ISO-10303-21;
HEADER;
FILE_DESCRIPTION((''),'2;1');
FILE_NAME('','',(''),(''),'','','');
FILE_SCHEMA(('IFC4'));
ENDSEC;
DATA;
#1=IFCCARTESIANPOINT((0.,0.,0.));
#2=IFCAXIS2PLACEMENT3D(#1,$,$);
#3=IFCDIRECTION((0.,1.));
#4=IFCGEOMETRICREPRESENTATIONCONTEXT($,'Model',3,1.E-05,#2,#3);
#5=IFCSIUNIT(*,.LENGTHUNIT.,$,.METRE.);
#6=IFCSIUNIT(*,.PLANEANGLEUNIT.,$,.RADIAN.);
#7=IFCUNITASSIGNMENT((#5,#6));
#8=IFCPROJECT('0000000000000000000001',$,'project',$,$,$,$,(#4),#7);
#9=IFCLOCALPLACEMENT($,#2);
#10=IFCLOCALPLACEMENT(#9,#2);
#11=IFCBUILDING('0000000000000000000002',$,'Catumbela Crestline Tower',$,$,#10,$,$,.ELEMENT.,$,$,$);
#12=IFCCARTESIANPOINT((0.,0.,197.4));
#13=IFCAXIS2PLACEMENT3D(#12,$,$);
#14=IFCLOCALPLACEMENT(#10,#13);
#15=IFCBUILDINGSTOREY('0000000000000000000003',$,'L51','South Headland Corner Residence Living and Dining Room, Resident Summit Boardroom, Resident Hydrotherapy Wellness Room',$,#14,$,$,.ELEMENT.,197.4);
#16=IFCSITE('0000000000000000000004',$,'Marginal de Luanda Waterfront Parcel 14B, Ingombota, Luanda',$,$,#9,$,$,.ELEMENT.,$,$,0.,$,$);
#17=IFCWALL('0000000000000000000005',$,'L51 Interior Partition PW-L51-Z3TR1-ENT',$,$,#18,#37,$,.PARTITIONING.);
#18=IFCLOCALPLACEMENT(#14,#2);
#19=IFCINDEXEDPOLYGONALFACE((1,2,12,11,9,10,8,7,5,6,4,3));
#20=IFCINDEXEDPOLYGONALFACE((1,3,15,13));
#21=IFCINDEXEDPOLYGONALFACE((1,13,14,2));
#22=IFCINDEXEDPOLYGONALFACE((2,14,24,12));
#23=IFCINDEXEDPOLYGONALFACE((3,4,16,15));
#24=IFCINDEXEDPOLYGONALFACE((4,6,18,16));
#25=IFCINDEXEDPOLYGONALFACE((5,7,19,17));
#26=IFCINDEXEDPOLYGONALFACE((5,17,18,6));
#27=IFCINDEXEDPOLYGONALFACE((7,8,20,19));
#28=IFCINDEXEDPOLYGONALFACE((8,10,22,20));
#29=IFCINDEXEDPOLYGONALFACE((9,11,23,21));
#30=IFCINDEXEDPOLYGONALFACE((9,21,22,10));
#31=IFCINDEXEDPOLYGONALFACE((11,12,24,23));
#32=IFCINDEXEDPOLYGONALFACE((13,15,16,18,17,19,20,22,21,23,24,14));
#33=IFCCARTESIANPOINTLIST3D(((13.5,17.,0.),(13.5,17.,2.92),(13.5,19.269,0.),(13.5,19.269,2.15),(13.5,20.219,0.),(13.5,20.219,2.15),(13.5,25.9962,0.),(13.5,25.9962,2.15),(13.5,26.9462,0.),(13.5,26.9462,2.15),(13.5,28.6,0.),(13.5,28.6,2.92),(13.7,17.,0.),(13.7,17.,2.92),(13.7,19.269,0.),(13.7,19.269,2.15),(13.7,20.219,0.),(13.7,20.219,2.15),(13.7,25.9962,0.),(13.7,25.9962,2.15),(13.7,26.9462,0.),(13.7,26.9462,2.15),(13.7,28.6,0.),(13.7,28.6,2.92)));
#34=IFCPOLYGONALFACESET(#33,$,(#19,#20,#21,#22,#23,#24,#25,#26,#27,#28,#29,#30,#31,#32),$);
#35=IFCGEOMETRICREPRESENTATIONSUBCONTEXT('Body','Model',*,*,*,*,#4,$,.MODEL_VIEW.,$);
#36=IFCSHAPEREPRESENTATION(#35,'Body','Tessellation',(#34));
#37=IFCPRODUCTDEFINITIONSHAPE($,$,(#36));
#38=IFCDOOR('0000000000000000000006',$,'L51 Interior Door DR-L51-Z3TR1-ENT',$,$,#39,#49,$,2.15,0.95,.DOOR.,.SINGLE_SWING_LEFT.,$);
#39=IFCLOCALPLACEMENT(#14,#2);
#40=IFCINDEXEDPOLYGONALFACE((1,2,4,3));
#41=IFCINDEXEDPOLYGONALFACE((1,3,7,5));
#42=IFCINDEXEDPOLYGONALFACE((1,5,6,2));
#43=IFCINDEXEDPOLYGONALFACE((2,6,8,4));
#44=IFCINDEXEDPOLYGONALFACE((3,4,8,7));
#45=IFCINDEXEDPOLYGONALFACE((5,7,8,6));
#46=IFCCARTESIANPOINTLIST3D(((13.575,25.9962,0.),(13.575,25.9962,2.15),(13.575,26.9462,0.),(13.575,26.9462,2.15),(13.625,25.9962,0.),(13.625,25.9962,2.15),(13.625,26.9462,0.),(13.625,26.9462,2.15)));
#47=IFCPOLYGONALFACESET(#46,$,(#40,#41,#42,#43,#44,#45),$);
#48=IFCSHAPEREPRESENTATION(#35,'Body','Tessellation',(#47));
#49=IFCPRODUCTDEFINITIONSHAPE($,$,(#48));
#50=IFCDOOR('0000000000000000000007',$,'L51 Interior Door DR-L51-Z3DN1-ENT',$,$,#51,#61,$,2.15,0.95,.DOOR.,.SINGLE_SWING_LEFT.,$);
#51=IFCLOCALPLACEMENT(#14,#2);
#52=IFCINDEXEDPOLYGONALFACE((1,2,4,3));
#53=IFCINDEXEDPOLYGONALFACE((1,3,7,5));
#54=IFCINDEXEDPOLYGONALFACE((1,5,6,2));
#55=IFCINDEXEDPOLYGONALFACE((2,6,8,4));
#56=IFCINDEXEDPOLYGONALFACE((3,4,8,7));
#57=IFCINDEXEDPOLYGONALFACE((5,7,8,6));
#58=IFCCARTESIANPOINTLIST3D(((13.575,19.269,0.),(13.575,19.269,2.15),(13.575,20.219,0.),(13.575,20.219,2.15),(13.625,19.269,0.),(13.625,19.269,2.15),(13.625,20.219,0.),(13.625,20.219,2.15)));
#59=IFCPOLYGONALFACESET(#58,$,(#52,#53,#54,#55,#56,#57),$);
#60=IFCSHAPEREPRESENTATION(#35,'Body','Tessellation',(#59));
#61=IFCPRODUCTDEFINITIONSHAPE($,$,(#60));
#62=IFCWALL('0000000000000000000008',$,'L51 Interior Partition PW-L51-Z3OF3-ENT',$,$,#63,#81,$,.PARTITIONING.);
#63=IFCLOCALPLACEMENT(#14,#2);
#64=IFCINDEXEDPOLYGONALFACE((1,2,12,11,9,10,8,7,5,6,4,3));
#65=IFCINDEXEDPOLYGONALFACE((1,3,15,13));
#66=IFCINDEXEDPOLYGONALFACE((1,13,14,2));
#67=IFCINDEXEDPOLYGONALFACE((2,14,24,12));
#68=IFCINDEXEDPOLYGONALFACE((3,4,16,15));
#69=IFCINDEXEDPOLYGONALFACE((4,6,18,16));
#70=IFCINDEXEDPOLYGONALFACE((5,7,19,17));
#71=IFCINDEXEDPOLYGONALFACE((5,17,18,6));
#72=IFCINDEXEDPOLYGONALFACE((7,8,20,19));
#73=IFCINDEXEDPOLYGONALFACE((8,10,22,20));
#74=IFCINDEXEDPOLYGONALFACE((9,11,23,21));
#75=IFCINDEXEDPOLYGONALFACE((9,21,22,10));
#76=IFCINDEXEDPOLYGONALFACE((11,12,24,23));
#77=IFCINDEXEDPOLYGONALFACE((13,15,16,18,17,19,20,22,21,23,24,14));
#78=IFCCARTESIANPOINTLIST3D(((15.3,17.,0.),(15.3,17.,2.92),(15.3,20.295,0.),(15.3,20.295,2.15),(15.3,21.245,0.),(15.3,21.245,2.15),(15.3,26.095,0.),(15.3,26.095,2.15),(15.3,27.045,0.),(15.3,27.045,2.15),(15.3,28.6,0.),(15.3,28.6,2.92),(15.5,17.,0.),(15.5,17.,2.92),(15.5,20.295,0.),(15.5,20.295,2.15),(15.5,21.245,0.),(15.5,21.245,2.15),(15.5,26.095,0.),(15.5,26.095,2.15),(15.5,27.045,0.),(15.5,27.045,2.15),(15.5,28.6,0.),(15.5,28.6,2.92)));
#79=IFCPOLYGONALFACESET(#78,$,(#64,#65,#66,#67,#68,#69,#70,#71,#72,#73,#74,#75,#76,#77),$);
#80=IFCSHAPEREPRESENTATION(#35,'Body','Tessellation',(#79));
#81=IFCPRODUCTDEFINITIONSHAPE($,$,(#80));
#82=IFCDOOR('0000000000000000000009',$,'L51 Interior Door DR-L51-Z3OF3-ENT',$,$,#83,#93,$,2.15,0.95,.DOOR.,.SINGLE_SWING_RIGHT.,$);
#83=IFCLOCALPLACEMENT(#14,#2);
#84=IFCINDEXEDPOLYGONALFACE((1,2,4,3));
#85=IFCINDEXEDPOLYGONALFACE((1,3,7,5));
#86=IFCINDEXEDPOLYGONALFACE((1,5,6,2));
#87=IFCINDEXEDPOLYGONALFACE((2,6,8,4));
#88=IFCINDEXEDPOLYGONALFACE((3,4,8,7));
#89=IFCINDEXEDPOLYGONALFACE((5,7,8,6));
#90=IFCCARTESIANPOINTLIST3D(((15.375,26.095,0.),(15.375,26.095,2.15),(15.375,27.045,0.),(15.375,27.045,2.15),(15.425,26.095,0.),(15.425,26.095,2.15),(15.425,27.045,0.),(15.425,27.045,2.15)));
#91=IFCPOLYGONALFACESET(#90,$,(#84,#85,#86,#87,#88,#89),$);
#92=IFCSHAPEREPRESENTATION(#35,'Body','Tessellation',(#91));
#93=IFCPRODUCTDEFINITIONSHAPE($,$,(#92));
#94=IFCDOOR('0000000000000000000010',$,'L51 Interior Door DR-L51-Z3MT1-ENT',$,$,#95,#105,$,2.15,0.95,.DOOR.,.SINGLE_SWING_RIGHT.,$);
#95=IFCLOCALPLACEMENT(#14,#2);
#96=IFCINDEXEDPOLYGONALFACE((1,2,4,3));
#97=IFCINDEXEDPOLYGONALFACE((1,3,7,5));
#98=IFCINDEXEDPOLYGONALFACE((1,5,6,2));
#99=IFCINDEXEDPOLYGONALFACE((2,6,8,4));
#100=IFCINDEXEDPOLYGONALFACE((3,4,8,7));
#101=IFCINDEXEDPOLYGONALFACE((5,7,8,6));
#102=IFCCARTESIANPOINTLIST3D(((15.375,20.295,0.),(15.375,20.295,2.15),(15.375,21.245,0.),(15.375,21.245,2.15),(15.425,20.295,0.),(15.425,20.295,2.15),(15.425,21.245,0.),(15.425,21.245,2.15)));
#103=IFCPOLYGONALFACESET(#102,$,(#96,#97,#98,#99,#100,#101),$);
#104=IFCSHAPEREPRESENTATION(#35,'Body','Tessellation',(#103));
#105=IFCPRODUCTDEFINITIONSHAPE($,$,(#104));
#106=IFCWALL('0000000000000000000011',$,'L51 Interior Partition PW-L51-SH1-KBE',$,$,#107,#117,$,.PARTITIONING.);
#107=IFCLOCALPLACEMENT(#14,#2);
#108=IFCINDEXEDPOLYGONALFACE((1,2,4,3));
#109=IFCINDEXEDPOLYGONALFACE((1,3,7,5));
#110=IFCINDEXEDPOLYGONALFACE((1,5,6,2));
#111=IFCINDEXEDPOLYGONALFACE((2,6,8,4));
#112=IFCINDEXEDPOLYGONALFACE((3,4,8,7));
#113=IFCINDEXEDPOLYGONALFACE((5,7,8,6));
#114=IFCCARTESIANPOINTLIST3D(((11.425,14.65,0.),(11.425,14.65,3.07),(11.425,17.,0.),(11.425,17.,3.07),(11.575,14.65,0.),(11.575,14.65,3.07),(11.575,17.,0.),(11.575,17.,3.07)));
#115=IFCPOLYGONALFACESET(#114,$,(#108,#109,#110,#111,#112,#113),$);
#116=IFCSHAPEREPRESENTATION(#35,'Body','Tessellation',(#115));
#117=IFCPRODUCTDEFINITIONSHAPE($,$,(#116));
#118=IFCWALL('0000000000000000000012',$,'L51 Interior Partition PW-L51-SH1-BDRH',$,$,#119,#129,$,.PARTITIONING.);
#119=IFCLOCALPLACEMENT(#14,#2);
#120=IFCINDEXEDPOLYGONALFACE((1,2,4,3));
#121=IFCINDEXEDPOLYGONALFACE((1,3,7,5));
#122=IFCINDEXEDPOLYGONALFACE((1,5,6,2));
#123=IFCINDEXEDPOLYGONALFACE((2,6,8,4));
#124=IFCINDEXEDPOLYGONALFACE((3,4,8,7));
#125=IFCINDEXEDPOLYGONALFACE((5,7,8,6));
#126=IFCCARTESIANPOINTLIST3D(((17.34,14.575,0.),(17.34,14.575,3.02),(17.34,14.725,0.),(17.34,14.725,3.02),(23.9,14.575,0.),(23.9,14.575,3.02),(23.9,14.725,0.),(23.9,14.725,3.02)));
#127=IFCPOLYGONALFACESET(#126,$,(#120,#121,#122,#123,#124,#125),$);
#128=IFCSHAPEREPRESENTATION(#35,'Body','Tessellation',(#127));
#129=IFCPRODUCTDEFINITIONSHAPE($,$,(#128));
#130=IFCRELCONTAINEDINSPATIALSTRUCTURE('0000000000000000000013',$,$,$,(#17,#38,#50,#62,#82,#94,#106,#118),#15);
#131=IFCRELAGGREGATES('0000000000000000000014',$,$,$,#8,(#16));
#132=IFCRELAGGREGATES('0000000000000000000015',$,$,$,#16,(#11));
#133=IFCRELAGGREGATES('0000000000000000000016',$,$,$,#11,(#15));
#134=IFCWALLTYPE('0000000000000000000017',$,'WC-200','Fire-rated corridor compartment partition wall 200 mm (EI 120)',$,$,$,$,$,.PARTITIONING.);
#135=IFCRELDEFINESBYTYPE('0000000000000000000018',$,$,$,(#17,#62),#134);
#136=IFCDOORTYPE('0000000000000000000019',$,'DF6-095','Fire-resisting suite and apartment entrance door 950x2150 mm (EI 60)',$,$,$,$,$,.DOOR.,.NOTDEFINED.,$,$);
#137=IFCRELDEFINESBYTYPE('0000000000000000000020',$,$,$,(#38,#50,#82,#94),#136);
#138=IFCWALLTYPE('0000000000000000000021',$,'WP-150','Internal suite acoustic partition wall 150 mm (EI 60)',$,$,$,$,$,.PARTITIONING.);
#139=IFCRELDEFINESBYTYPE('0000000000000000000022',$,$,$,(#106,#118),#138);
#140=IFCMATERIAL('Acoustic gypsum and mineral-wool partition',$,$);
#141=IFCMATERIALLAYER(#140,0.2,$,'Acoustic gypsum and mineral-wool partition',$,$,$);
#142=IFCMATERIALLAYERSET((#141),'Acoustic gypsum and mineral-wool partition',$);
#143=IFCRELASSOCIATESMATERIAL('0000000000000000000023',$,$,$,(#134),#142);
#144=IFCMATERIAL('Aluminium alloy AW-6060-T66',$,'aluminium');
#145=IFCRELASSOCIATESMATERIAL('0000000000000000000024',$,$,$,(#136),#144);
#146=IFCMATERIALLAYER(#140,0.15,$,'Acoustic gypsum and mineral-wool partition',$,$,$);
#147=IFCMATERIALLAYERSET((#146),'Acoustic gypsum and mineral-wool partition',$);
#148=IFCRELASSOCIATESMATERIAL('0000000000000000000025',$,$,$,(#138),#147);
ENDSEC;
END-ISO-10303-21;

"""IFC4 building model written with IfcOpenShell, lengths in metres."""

from ifc_helpers import new_model, si_unit, direction, frame, frame_2d, origin, place, context, subcontext, project, spatial, rectangle, extrude, material, layer, layer_set, type_object, element, fill, save


model = new_model("IFC4")

# Units and contexts
model_context = context("Model", 3, precision=1e-05, world=origin(), true_north=direction((0.0, 1.0)))
body_context = subcontext(model_context, "Body", "Model", "MODEL_VIEW")
ifc_project = project(units=[si_unit("LENGTHUNIT", "METRE"), si_unit("PLANEANGLEUNIT", "RADIAN")], contexts=[model_context])

# Site, building, storey
site_placement = place(None, origin())
site = spatial("IfcSite", under=ifc_project, at=site_placement, Name="Marginal de Luanda Waterfront Parcel 14B, Ingombota, Luanda", CompositionType="ELEMENT", RefElevation=0.0)
building_placement = place(site_placement, origin())
building = spatial("IfcBuilding", under=site, at=building_placement, Name="Catumbela Crestline Tower", CompositionType="ELEMENT")
storey_placement = place(building_placement, frame((0.0, 0.0, 197.4)))
storey = spatial("IfcBuildingStorey", under=building, at=storey_placement, Name="L51", Description="South Headland Corner Residence Living and Dining Room, Resident Summit Boardroom, Resident Hydrotherapy Wellness Room", CompositionType="ELEMENT", Elevation=197.4)

# Walls, openings, doors
ifc_material_1 = material(Name="Acoustic gypsum and mineral-wool partition")
ifc_layer_1 = layer(ifc_material_1, 0.2, Name="Acoustic gypsum and mineral-wool partition")
ifc_layer_set_1 = layer_set([ifc_layer_1], Name="Acoustic gypsum and mineral-wool partition")
wall_type_1 = type_object("IfcWallType", Name="WC-200", Description="Fire-rated corridor compartment partition wall 200 mm (EI 120)", PredefinedType="PARTITIONING", material=ifc_layer_set_1)
wall_1_placement = place(storey_placement, frame((13.6, 17.0, 0.0), z_axis=(0.0, 0.0, 1.0), x_axis=(0.0, 1.0, 0.0)))
wall_1 = element("IfcWall", 1, at=wall_1_placement, inside=storey, type_object=wall_type_1, Name="L51 Interior Partition PW-L51-Z3TR1-ENT", PredefinedType="PARTITIONING", context=body_context, shape_type="SweptSolid", body=[
    extrude(rectangle(XDim=11.6, YDim=0.2, at=frame_2d((5.8, 0.0))), origin(), (0.0, 0.0, 1.0), 2.92),
])
opening_1_placement = place(wall_1_placement, frame((8.9962, 0.0, 0.0)))
opening_1 = element("IfcOpeningElement", 2, at=opening_1_placement, cuts=wall_1, PredefinedType="OPENING", context=body_context, shape_type="SweptSolid", body=[
    extrude(rectangle(XDim=0.95, YDim=2.15, at=frame_2d((0.475, 1.075))), frame((0.0, 0.11, 0.0), z_axis=(0.0, -1.0, 0.0), x_axis=(1.0, 0.0, 0.0)), (0.0, 0.0, 1.0), 0.22),
])
opening_2_placement = place(wall_1_placement, frame((2.269, 0.0, 0.0)))
opening_2 = element("IfcOpeningElement", 3, at=opening_2_placement, cuts=wall_1, PredefinedType="OPENING", context=body_context, shape_type="SweptSolid", body=[
    extrude(rectangle(XDim=0.95, YDim=2.15, at=frame_2d((0.475, 1.075))), frame((0.0, 0.11, 0.0), z_axis=(0.0, -1.0, 0.0), x_axis=(1.0, 0.0, 0.0)), (0.0, 0.0, 1.0), 0.22),
])
ifc_material_2 = material(Name="Aluminium alloy AW-6060-T66", Category="aluminium")
door_type = type_object("IfcDoorType", Name="DF6-095", Description="Fire-resisting suite and apartment entrance door 950x2150 mm (EI 60)", OperationType="NOTDEFINED", PredefinedType="DOOR", material=ifc_material_2)
door_1_placement = place(opening_1_placement, origin())
door_1 = element("IfcDoor", 4, at=door_1_placement, inside=storey, type_object=door_type, Name="L51 Interior Door DR-L51-Z3TR1-ENT", OperationType="SINGLE_SWING_LEFT", OverallHeight=2.15, OverallWidth=0.95, PredefinedType="DOOR", context=body_context, shape_type="SweptSolid", body=[
    extrude(rectangle(XDim=0.95, YDim=2.15, at=frame_2d((0.475, 1.075))), frame((0.0, 0.025, 0.0), z_axis=(0.0, -1.0, 0.0), x_axis=(1.0, 0.0, 0.0)), (0.0, 0.0, 1.0), 0.05),
])
fill(opening_1, door_1)
door_2_placement = place(opening_2_placement, origin())
door_2 = element("IfcDoor", 5, at=door_2_placement, inside=storey, type_object=door_type, Name="L51 Interior Door DR-L51-Z3DN1-ENT", OperationType="SINGLE_SWING_LEFT", OverallHeight=2.15, OverallWidth=0.95, PredefinedType="DOOR", context=body_context, shape_type="SweptSolid", body=[
    extrude(rectangle(XDim=0.95, YDim=2.15, at=frame_2d((0.475, 1.075))), frame((0.0, 0.025, 0.0), z_axis=(0.0, -1.0, 0.0), x_axis=(1.0, 0.0, 0.0)), (0.0, 0.0, 1.0), 0.05),
])
fill(opening_2, door_2)
wall_2_placement = place(storey_placement, frame((15.4, 17.0, 0.0), z_axis=(0.0, 0.0, 1.0), x_axis=(0.0, 1.0, 0.0)))
wall_2 = element("IfcWall", 6, at=wall_2_placement, inside=storey, type_object=wall_type_1, Name="L51 Interior Partition PW-L51-Z3OF3-ENT", PredefinedType="PARTITIONING", context=body_context, shape_type="SweptSolid", body=[
    extrude(rectangle(XDim=11.6, YDim=0.2, at=frame_2d((5.8, 0.0))), origin(), (0.0, 0.0, 1.0), 2.92),
])
opening_3_placement = place(wall_2_placement, frame((9.095, 0.0, 0.0)))
opening_3 = element("IfcOpeningElement", 7, at=opening_3_placement, cuts=wall_2, PredefinedType="OPENING", context=body_context, shape_type="SweptSolid", body=[
    extrude(rectangle(XDim=0.95, YDim=2.15, at=frame_2d((0.475, 1.075))), frame((0.0, 0.11, 0.0), z_axis=(0.0, -1.0, 0.0), x_axis=(1.0, 0.0, 0.0)), (0.0, 0.0, 1.0), 0.22),
])
opening_4_placement = place(wall_2_placement, frame((3.295, 0.0, 0.0)))
opening_4 = element("IfcOpeningElement", 8, at=opening_4_placement, cuts=wall_2, PredefinedType="OPENING", context=body_context, shape_type="SweptSolid", body=[
    extrude(rectangle(XDim=0.95, YDim=2.15, at=frame_2d((0.475, 1.075))), frame((0.0, 0.11, 0.0), z_axis=(0.0, -1.0, 0.0), x_axis=(1.0, 0.0, 0.0)), (0.0, 0.0, 1.0), 0.22),
])
door_3_placement = place(opening_3_placement, origin())
door_3 = element("IfcDoor", 9, at=door_3_placement, inside=storey, type_object=door_type, Name="L51 Interior Door DR-L51-Z3OF3-ENT", OperationType="SINGLE_SWING_RIGHT", OverallHeight=2.15, OverallWidth=0.95, PredefinedType="DOOR", context=body_context, shape_type="SweptSolid", body=[
    extrude(rectangle(XDim=0.95, YDim=2.15, at=frame_2d((0.475, 1.075))), frame((0.0, 0.025, 0.0), z_axis=(0.0, -1.0, 0.0), x_axis=(1.0, 0.0, 0.0)), (0.0, 0.0, 1.0), 0.05),
])
fill(opening_3, door_3)
door_4_placement = place(opening_4_placement, origin())
door_4 = element("IfcDoor", 10, at=door_4_placement, inside=storey, type_object=door_type, Name="L51 Interior Door DR-L51-Z3MT1-ENT", OperationType="SINGLE_SWING_RIGHT", OverallHeight=2.15, OverallWidth=0.95, PredefinedType="DOOR", context=body_context, shape_type="SweptSolid", body=[
    extrude(rectangle(XDim=0.95, YDim=2.15, at=frame_2d((0.475, 1.075))), frame((0.0, 0.025, 0.0), z_axis=(0.0, -1.0, 0.0), x_axis=(1.0, 0.0, 0.0)), (0.0, 0.0, 1.0), 0.05),
])
fill(opening_4, door_4)

# Walls
ifc_layer_2 = layer(ifc_material_1, 0.15, Name="Acoustic gypsum and mineral-wool partition")
ifc_layer_set_2 = layer_set([ifc_layer_2], Name="Acoustic gypsum and mineral-wool partition")
wall_type_2 = type_object("IfcWallType", Name="WP-150", Description="Internal suite acoustic partition wall 150 mm (EI 60)", PredefinedType="PARTITIONING", material=ifc_layer_set_2)
wall_3_placement = place(storey_placement, frame((11.5, 14.65, 0.0), z_axis=(0.0, 0.0, 1.0), x_axis=(0.0, 1.0, 0.0)))
element("IfcWall", 11, at=wall_3_placement, inside=storey, type_object=wall_type_2, Name="L51 Interior Partition PW-L51-SH1-KBE", PredefinedType="PARTITIONING", context=body_context, shape_type="SweptSolid", body=[
    extrude(rectangle(XDim=2.35, YDim=0.15, at=frame_2d((1.175, 0.0))), origin(), (0.0, 0.0, 1.0), 3.07),
])
wall_4_placement = place(storey_placement, frame((17.34, 14.65, 0.0), z_axis=(0.0, 0.0, 1.0), x_axis=(1.0, 0.0, 0.0)))
element("IfcWall", 12, at=wall_4_placement, inside=storey, type_object=wall_type_2, Name="L51 Interior Partition PW-L51-SH1-BDRH", PredefinedType="PARTITIONING", context=body_context, shape_type="SweptSolid", body=[
    extrude(rectangle(XDim=6.56, YDim=0.15, at=frame_2d((3.28, 0.0))), origin(), (0.0, 0.0, 1.0), 3.02),
])

save(model, "model.ifc")
